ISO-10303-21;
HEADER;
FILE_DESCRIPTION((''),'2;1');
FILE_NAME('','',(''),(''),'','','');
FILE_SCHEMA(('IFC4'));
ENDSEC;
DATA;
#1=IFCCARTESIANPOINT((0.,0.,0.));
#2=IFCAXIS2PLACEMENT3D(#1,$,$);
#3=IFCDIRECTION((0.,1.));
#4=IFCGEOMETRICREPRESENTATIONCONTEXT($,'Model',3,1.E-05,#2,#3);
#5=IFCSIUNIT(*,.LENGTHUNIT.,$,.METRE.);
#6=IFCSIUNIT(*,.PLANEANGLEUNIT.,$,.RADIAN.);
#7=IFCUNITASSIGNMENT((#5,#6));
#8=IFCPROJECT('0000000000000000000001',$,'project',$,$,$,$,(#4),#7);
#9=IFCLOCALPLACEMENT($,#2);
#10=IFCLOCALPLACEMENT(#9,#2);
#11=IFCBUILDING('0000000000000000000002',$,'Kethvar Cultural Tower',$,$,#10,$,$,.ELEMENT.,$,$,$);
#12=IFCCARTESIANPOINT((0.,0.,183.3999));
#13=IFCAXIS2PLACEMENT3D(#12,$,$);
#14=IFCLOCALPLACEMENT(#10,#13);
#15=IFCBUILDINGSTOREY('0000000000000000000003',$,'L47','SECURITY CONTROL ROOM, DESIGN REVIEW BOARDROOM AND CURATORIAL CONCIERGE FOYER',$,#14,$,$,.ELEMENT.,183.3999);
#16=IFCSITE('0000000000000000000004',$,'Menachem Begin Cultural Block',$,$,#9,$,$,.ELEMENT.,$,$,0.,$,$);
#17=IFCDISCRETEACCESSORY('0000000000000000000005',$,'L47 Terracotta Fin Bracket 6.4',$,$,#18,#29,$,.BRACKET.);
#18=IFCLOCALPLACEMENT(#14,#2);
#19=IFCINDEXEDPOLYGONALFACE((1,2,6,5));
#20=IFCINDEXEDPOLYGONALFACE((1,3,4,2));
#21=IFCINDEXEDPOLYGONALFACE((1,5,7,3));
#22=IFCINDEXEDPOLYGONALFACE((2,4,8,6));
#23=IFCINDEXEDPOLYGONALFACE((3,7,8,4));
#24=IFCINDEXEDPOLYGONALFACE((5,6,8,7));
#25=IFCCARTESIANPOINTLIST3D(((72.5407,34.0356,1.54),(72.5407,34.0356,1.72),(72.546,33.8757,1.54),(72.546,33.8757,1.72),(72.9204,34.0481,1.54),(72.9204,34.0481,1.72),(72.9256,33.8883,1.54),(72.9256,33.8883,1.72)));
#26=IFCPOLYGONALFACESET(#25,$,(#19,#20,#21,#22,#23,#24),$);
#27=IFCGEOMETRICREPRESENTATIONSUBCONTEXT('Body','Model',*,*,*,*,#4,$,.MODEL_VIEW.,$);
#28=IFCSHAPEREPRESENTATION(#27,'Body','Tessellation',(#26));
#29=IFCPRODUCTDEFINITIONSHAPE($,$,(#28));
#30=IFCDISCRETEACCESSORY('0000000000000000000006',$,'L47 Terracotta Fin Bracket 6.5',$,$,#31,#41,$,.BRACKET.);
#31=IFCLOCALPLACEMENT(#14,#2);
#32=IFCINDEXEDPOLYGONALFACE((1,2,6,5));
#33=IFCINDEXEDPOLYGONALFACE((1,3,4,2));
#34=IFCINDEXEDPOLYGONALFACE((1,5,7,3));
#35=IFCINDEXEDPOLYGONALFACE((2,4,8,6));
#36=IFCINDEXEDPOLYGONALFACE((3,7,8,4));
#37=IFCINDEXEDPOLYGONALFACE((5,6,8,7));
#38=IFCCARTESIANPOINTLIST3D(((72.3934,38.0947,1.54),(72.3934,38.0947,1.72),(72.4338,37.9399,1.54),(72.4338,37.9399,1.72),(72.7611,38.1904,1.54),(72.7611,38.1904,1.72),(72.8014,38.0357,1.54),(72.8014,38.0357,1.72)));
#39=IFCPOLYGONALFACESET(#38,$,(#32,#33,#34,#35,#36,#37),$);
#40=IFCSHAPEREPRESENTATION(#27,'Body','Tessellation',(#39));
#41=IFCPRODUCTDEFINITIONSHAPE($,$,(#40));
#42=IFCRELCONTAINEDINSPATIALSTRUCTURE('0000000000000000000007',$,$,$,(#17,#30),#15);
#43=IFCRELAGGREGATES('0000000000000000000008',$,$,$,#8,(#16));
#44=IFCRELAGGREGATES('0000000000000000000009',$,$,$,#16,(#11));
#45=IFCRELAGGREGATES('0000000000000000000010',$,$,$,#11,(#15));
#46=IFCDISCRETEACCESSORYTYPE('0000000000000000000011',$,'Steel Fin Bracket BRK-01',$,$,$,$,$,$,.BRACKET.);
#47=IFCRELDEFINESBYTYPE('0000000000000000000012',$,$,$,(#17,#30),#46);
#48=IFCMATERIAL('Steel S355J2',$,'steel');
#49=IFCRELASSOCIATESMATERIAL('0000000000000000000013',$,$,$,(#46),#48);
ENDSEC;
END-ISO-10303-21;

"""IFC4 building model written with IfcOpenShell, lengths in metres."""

from ifc_helpers import new_model, si_unit, direction, frame, origin, origin_2d, place, context, subcontext, project, spatial, rectangle, extrude, source, transform, mapped, material, type_object, element, save


model = new_model("IFC4")

# Units and contexts
model_context = context("Model", 3, precision=1e-05, world=origin(), true_north=direction((0.0, 1.0)))
body_context = subcontext(model_context, "Body", "Model", "MODEL_VIEW")
ifc_project = project(units=[si_unit("LENGTHUNIT", "METRE"), si_unit("PLANEANGLEUNIT", "RADIAN")], contexts=[model_context])

# Site, building, storey
site_placement = place(None, origin())
site = spatial("IfcSite", under=ifc_project, at=site_placement, Name="Menachem Begin Cultural Block", CompositionType="ELEMENT", RefElevation=0.0)
building_placement = place(site_placement, origin())
building = spatial("IfcBuilding", under=site, at=building_placement, Name="Kethvar Cultural Tower", CompositionType="ELEMENT")
storey_placement = place(building_placement, frame((0.0, 0.0, 183.3999)))
storey = spatial("IfcBuildingStorey", under=building, at=storey_placement, Name="L47", Description="SECURITY CONTROL ROOM, DESIGN REVIEW BOARDROOM AND CURATORIAL CONCIERGE FOYER", CompositionType="ELEMENT", Elevation=183.3999)

# Shared definitions
ifc_material_1 = material(Name="Steel S355J2", Category="steel")

# Discrete accessories
discrete_accessory_type = type_object("IfcDiscreteAccessoryType", Name="Steel Fin Bracket BRK-01", PredefinedType="BRACKET", material=ifc_material_1)
shared_shape_1 = source(origin(), body_context, "Body", "SweptSolid", [
    extrude(rectangle(XDim=0.3799, YDim=0.1599, at=origin_2d()), origin(), (0.0, 0.0, 1.0), 0.1799),
])
for number, where, z_axis, x_axis, name in (
    (1, (72.7332, 33.9619, 1.54), (0.0, 0.0, 1.0), (0.999456, 0.032981, 0.0), "L47 Terracotta Fin Bracket 6.4"),
    (2, (72.5974, 38.0652, 1.54), (0.0, 0.0, 1.0), (0.967709, 0.252069, 0.0), "L47 Terracotta Fin Bracket 6.5"),
):
    element("IfcDiscreteAccessory", number, at=place(storey_placement, frame(where, z_axis=z_axis, x_axis=x_axis)), inside=storey, type_object=discrete_accessory_type, Name=name, PredefinedType="BRACKET", context=body_context, shape_type="MappedRepresentation", body=[
        mapped(shared_shape_1, transform((0.0, 0.0, 0.0), scale=1.0)),
    ])

save(model, "model.ifc")
